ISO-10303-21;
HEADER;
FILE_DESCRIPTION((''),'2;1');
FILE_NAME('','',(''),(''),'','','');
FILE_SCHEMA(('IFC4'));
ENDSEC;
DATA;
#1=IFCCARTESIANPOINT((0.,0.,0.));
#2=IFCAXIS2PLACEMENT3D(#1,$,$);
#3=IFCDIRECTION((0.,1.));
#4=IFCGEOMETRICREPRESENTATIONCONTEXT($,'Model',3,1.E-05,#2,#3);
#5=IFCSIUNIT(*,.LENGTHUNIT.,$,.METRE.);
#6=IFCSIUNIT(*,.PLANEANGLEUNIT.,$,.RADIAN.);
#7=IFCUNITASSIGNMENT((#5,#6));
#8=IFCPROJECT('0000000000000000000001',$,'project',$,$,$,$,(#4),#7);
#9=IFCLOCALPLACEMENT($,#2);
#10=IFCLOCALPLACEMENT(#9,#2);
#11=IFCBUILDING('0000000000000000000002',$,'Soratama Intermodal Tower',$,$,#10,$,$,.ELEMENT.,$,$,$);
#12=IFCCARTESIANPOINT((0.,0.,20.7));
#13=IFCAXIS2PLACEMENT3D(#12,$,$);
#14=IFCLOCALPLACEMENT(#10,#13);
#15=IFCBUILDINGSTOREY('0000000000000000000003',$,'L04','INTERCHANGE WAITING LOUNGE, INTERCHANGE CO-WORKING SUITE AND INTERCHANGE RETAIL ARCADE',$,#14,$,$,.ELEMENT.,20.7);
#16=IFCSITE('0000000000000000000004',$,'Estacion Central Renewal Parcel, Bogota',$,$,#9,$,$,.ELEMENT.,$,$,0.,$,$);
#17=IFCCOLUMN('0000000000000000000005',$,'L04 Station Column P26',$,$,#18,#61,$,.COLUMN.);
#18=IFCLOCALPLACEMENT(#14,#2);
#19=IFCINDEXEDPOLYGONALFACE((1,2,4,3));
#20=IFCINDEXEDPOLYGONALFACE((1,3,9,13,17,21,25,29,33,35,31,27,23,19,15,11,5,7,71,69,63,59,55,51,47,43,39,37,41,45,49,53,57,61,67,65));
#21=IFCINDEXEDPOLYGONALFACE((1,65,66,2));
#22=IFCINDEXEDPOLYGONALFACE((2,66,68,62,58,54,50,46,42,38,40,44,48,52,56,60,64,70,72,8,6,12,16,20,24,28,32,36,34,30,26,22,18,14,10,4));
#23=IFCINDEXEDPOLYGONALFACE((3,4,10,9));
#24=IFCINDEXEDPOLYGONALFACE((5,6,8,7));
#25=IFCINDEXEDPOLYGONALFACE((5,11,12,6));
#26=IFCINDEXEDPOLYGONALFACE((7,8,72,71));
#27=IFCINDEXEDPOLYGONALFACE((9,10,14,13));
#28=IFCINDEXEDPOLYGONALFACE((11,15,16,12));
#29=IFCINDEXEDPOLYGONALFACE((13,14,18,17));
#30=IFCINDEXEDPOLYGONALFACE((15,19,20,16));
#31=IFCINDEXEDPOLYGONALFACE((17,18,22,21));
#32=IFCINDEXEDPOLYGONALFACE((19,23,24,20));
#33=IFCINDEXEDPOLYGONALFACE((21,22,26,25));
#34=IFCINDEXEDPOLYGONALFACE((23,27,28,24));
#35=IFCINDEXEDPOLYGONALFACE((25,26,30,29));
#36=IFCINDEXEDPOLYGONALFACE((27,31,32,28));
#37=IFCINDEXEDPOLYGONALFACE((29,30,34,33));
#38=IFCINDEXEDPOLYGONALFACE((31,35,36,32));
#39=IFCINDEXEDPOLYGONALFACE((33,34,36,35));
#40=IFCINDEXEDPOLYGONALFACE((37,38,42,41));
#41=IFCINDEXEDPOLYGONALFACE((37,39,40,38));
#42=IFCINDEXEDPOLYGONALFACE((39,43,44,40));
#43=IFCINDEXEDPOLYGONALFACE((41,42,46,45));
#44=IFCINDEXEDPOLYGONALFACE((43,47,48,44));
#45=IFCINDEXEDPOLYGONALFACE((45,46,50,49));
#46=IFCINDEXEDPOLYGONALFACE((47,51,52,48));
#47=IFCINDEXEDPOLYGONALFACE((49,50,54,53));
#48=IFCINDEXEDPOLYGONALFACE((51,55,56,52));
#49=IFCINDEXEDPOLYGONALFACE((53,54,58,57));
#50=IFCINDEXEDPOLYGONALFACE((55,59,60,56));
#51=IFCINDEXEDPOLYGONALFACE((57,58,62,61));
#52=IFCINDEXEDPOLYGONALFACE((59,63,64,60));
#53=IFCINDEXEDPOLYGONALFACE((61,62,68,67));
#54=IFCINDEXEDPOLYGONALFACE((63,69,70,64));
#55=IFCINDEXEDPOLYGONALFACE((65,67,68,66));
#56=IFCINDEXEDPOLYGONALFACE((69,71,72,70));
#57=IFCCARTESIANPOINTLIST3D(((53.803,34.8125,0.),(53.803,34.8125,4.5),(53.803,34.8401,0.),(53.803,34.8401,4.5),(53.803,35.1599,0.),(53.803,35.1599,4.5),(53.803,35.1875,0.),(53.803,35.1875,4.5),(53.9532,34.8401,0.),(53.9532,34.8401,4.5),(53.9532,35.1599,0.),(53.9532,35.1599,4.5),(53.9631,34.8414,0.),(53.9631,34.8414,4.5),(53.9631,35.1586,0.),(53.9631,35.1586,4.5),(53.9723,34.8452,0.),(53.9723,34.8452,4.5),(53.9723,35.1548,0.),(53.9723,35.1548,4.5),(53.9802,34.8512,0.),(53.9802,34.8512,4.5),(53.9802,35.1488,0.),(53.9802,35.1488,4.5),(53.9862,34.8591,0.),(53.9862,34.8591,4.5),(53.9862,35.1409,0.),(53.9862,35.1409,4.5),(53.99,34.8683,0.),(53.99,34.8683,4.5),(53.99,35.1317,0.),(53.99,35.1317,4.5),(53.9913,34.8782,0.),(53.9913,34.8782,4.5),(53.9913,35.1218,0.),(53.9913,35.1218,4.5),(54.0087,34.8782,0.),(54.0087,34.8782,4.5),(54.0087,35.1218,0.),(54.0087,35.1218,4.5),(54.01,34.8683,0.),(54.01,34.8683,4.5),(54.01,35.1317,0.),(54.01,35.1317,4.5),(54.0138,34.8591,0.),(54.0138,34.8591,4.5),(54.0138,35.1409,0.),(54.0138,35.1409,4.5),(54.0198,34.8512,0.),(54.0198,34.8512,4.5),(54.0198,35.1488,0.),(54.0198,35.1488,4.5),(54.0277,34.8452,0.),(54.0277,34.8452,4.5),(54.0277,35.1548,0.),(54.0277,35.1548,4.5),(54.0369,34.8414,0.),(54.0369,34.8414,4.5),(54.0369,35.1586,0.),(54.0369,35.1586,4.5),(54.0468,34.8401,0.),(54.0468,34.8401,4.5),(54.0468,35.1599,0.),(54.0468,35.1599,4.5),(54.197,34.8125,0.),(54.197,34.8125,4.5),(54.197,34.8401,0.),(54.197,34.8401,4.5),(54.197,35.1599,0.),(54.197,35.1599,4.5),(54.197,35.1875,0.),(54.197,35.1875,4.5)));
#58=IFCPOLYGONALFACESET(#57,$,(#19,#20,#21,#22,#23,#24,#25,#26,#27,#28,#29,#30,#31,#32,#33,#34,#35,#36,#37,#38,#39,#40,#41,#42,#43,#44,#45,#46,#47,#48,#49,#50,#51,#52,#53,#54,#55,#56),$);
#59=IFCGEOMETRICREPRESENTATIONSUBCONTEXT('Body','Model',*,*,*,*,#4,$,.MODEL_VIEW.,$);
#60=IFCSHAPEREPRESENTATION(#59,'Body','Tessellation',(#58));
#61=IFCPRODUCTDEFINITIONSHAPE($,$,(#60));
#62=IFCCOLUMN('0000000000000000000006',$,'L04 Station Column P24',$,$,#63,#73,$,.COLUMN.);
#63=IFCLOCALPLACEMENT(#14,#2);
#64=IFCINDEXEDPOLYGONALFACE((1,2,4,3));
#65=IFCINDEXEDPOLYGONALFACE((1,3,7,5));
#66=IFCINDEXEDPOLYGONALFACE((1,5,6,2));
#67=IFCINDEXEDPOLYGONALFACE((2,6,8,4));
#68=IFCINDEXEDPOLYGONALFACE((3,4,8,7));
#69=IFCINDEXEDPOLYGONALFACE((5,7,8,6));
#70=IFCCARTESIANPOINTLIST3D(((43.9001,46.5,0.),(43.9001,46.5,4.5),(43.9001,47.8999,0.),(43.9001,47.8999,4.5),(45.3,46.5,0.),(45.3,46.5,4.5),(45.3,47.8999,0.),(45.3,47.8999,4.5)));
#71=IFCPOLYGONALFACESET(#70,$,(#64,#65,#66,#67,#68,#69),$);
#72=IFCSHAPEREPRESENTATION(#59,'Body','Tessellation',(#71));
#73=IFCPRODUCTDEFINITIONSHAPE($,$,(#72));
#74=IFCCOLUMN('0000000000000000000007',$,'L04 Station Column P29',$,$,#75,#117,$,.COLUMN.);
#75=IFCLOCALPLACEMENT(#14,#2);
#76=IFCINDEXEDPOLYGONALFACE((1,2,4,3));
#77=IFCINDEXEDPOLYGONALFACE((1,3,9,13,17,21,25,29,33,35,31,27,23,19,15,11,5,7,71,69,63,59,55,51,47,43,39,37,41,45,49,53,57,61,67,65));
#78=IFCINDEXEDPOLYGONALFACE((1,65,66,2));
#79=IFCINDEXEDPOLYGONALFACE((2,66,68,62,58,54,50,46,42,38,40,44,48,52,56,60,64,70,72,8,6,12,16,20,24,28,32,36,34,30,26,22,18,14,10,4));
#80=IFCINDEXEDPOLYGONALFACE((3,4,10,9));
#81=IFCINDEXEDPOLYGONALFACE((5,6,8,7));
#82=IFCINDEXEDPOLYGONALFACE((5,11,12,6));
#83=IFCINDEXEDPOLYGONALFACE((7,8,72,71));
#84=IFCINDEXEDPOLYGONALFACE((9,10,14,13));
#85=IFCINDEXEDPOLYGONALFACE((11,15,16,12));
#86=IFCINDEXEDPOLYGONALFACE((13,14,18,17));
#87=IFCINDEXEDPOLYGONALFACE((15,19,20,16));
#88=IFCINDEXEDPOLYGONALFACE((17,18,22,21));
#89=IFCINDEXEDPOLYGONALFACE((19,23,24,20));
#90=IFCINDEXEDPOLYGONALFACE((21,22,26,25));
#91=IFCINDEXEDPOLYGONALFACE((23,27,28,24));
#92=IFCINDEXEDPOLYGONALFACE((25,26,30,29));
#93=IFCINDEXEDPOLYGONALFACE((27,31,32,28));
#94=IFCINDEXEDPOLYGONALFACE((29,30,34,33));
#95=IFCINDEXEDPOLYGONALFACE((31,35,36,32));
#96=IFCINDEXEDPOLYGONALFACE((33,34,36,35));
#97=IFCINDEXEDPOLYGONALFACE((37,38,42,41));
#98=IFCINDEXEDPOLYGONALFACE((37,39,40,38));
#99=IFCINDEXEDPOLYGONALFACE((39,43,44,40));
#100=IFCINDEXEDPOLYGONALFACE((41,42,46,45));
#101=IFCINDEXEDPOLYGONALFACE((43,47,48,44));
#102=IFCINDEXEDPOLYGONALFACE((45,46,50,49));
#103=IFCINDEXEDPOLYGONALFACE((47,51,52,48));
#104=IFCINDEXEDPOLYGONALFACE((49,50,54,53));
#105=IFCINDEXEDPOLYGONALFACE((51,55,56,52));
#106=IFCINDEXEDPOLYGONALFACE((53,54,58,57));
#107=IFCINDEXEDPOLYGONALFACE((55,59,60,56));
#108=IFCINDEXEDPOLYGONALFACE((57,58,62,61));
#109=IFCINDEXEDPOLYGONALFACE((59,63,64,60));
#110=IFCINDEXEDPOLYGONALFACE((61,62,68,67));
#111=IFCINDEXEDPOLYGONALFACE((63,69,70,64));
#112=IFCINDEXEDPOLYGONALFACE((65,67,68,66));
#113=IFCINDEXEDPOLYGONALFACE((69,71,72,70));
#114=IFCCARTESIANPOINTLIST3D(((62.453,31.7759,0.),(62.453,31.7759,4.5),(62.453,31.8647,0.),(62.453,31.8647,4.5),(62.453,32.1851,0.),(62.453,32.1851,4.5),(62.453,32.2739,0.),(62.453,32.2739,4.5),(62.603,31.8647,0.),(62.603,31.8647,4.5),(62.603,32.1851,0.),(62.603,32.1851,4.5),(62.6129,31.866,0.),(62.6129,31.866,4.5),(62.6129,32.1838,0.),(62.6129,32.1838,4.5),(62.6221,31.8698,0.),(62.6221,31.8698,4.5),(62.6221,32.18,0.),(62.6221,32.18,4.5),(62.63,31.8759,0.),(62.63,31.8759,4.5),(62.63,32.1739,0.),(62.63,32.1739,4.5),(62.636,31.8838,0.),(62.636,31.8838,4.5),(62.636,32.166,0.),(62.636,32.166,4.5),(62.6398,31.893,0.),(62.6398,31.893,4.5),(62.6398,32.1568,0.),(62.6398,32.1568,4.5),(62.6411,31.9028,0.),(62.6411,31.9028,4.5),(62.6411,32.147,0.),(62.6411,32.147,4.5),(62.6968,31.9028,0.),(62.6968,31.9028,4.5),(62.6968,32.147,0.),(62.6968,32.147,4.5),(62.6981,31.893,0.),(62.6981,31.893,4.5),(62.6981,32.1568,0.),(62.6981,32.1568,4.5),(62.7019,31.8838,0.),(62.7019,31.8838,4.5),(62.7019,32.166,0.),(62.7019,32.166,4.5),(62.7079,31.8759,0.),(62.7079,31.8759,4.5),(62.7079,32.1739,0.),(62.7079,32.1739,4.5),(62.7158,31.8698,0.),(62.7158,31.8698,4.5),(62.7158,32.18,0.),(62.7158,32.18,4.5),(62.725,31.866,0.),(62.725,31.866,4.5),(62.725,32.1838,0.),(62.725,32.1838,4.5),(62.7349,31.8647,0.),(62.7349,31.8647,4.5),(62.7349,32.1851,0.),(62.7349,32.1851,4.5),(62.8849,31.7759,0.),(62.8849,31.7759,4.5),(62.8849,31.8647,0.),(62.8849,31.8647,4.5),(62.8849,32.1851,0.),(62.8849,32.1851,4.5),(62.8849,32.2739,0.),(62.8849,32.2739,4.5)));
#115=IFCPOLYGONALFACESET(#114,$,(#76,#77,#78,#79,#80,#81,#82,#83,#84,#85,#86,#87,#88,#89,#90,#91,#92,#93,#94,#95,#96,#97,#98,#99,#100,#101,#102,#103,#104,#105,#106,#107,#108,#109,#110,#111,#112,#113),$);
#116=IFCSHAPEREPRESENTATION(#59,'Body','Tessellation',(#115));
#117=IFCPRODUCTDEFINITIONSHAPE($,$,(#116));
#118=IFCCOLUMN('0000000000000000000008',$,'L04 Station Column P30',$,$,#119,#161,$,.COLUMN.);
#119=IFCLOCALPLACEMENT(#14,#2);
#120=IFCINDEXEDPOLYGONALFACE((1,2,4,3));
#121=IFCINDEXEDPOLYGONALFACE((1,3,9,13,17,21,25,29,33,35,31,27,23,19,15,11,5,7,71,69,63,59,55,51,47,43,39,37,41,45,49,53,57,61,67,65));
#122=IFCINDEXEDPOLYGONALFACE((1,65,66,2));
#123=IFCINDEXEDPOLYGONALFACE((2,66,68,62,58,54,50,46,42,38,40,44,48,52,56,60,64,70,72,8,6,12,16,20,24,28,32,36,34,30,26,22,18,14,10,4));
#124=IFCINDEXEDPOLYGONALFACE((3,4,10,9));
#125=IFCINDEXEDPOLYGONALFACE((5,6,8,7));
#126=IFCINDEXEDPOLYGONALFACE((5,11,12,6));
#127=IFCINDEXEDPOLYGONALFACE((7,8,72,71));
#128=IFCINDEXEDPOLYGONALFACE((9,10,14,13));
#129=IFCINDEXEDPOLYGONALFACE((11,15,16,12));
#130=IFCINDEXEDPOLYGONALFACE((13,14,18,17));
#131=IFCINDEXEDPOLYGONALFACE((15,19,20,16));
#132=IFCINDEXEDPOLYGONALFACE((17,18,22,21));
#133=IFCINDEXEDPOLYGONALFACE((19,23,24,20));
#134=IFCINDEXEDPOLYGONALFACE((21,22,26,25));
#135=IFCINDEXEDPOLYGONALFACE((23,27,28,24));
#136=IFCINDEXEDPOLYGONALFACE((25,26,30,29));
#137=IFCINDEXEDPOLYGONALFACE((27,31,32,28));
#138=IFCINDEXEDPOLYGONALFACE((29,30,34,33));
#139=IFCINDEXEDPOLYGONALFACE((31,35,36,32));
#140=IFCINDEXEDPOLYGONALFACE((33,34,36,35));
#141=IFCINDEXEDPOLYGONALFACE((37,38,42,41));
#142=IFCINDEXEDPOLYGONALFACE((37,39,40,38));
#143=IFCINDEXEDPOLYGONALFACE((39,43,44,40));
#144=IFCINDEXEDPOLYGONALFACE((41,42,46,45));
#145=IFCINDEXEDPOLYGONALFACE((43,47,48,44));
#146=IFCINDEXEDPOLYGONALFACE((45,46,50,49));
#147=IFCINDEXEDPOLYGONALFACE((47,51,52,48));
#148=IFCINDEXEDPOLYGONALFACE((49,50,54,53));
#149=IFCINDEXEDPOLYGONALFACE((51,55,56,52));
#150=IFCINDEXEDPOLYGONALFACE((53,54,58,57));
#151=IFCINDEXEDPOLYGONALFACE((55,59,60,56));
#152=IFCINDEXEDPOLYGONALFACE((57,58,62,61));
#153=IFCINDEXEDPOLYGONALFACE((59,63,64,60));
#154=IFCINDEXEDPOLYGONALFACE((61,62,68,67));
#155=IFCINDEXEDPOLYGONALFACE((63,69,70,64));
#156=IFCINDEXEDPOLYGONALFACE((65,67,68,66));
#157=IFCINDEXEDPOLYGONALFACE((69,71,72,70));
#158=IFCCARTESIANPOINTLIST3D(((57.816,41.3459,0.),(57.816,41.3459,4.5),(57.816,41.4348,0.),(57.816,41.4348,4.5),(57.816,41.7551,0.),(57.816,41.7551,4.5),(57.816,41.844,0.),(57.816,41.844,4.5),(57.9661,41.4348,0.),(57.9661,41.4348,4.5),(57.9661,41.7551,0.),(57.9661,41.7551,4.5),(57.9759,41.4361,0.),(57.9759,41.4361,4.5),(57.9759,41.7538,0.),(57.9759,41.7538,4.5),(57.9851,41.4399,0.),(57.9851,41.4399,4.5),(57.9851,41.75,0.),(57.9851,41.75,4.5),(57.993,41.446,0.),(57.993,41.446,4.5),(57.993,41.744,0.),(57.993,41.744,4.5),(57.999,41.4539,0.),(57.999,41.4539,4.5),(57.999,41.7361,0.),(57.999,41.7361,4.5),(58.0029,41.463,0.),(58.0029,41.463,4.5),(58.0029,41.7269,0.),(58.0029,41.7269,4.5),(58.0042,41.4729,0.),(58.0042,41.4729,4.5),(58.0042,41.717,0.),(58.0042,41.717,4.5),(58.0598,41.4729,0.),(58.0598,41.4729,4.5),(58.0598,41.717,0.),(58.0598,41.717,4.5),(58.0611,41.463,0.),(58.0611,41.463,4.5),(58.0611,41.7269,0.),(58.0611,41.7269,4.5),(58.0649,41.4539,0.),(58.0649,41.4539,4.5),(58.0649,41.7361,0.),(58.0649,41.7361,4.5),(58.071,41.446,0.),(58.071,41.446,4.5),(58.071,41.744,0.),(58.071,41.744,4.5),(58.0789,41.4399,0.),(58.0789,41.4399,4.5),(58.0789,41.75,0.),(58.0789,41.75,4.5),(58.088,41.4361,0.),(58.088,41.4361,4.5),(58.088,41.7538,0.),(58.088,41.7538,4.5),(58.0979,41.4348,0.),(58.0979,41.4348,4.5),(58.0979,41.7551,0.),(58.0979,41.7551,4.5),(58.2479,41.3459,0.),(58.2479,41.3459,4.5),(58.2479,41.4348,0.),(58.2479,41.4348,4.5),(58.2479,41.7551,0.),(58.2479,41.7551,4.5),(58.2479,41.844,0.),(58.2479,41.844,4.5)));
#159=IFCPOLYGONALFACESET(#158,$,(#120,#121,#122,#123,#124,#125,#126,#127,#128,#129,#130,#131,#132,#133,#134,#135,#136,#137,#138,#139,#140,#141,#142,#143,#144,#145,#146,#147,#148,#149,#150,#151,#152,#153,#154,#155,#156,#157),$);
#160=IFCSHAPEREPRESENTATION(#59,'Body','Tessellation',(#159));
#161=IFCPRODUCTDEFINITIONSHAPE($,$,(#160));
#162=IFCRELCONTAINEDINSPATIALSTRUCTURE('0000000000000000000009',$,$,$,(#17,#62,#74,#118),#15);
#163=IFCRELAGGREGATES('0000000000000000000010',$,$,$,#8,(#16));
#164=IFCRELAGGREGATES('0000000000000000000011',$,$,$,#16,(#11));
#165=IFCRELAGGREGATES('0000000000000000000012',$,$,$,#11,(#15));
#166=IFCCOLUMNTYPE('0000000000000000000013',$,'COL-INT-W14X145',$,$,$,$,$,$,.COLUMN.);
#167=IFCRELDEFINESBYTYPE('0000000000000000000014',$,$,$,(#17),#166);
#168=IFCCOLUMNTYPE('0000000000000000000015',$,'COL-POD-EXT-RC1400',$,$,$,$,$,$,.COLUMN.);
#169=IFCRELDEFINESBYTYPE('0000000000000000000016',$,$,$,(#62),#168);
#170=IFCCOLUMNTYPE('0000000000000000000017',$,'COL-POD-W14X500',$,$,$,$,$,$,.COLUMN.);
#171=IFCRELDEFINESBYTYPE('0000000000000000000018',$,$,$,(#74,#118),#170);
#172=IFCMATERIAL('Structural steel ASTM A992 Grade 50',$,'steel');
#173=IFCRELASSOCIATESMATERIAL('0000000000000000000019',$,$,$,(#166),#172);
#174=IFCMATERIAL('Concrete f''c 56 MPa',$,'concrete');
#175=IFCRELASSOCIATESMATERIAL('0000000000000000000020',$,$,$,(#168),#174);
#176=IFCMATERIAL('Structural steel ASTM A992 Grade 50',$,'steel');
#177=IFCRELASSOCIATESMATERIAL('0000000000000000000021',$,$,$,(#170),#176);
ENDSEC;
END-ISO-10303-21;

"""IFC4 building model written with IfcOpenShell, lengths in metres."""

from ifc_helpers import new_model, si_unit, direction, frame, origin, origin_2d, place, context, subcontext, project, spatial, rectangle, i_section, extrude, material, material_profile, profile_set, type_object, element, save


model = new_model("IFC4")

# Units and contexts
model_context = context("Model", 3, precision=1e-05, world=origin(), true_north=direction((0.0, 1.0)))
body_context = subcontext(model_context, "Body", "Model", "MODEL_VIEW")
ifc_project = project(units=[si_unit("LENGTHUNIT", "METRE"), si_unit("PLANEANGLEUNIT", "RADIAN")], contexts=[model_context])

# Site, building, storey
site_placement = place(None, origin())
site = spatial("IfcSite", under=ifc_project, at=site_placement, Name="Estacion Central Renewal Parcel, Bogota", CompositionType="ELEMENT", RefElevation=0.0)
building_placement = place(site_placement, origin())
building = spatial("IfcBuilding", under=site, at=building_placement, Name="Soratama Intermodal Tower", CompositionType="ELEMENT")
storey_placement = place(building_placement, frame((0.0, 0.0, 20.7)))
storey = spatial("IfcBuildingStorey", under=building, at=storey_placement, Name="L04", Description="INTERCHANGE WAITING LOUNGE, INTERCHANGE CO-WORKING SUITE AND INTERCHANGE RETAIL ARCADE", CompositionType="ELEMENT", Elevation=20.7)

# Columns
ifc_material_1 = material(Name="Structural steel ASTM A992 Grade 50", Category="steel")
ifc_material_profile_1 = material_profile(ifc_material_1, i_section(OverallWidth=0.394, OverallDepth=0.375, WebThickness=0.0173, FlangeThickness=0.0276, FilletRadius=0.0381, at=origin_2d()), Name="W14X145")
ifc_profile_set_1 = profile_set([ifc_material_profile_1], Name="Structural steel ASTM A992 Grade 50")
column_type_1 = type_object("IfcColumnType", Name="COL-INT-W14X145", PredefinedType="COLUMN", material=ifc_profile_set_1)
column_1_placement = place(storey_placement, frame((54.0, 35.0, 0.0), z_axis=(0.0, 0.0, 1.0), x_axis=(1.0, 0.0, 0.0)))
element("IfcColumn", 1, at=column_1_placement, inside=storey, type_object=column_type_1, Name="L04 Station Column P26", PredefinedType="COLUMN", context=body_context, shape_type="SweptSolid", body=[
    extrude(i_section(OverallWidth=0.394, OverallDepth=0.375, WebThickness=0.0173, FlangeThickness=0.0276, FilletRadius=0.0381, at=origin_2d()), origin(), (0.0, 0.0, 1.0), 4.5),
])
ifc_material_2 = material(Name="Concrete f'c 56 MPa", Category="concrete")
ifc_material_profile_2 = material_profile(ifc_material_2, rectangle(XDim=1.3999, YDim=1.3999, at=origin_2d()), Name="RC1400X1400")
ifc_profile_set_2 = profile_set([ifc_material_profile_2], Name="Concrete f'c 56 MPa")
column_type_2 = type_object("IfcColumnType", Name="COL-POD-EXT-RC1400", PredefinedType="COLUMN", material=ifc_profile_set_2)
column_2_placement = place(storey_placement, frame((44.6001, 47.2, 0.0), z_axis=(0.0, 0.0, 1.0), x_axis=(1.0, 0.0, 0.0)))
element("IfcColumn", 2, at=column_2_placement, inside=storey, type_object=column_type_2, Name="L04 Station Column P24", PredefinedType="COLUMN", context=body_context, shape_type="SweptSolid", body=[
    extrude(rectangle(XDim=1.3999, YDim=1.3999, at=origin_2d()), origin(), (0.0, 0.0, 1.0), 4.5),
])
ifc_material_3 = material(Name="Structural steel ASTM A992 Grade 50", Category="steel")
ifc_material_profile_3 = material_profile(ifc_material_3, i_section(OverallWidth=0.4319, OverallDepth=0.498, WebThickness=0.0557, FlangeThickness=0.0889, FilletRadius=0.0381, at=origin_2d()), Name="W14X500")
ifc_profile_set_3 = profile_set([ifc_material_profile_3], Name="Structural steel ASTM A992 Grade 50")
column_type_3 = type_object("IfcColumnType", Name="COL-POD-W14X500", PredefinedType="COLUMN", material=ifc_profile_set_3)
for number, where, z_axis, x_axis, name in (
    (3, (62.6689, 32.0249, 0.0), (0.0, 0.0, 1.0), (1.0, 0.0, 0.0), "L04 Station Column P29"),
    (4, (58.032, 41.595, 0.0), (0.0, 0.0, 1.0), (1.0, 0.0, 0.0), "L04 Station Column P30"),
):
    element("IfcColumn", number, at=place(storey_placement, frame(where, z_axis=z_axis, x_axis=x_axis)), inside=storey, type_object=column_type_3, Name=name, PredefinedType="COLUMN", context=body_context, shape_type="SweptSolid", body=[
        extrude(i_section(OverallWidth=0.4319, OverallDepth=0.498, WebThickness=0.0557, FlangeThickness=0.0889, FilletRadius=0.0381, at=origin_2d()), origin(), (0.0, 0.0, 1.0), 4.5),
    ])

save(model, "model.ifc")
